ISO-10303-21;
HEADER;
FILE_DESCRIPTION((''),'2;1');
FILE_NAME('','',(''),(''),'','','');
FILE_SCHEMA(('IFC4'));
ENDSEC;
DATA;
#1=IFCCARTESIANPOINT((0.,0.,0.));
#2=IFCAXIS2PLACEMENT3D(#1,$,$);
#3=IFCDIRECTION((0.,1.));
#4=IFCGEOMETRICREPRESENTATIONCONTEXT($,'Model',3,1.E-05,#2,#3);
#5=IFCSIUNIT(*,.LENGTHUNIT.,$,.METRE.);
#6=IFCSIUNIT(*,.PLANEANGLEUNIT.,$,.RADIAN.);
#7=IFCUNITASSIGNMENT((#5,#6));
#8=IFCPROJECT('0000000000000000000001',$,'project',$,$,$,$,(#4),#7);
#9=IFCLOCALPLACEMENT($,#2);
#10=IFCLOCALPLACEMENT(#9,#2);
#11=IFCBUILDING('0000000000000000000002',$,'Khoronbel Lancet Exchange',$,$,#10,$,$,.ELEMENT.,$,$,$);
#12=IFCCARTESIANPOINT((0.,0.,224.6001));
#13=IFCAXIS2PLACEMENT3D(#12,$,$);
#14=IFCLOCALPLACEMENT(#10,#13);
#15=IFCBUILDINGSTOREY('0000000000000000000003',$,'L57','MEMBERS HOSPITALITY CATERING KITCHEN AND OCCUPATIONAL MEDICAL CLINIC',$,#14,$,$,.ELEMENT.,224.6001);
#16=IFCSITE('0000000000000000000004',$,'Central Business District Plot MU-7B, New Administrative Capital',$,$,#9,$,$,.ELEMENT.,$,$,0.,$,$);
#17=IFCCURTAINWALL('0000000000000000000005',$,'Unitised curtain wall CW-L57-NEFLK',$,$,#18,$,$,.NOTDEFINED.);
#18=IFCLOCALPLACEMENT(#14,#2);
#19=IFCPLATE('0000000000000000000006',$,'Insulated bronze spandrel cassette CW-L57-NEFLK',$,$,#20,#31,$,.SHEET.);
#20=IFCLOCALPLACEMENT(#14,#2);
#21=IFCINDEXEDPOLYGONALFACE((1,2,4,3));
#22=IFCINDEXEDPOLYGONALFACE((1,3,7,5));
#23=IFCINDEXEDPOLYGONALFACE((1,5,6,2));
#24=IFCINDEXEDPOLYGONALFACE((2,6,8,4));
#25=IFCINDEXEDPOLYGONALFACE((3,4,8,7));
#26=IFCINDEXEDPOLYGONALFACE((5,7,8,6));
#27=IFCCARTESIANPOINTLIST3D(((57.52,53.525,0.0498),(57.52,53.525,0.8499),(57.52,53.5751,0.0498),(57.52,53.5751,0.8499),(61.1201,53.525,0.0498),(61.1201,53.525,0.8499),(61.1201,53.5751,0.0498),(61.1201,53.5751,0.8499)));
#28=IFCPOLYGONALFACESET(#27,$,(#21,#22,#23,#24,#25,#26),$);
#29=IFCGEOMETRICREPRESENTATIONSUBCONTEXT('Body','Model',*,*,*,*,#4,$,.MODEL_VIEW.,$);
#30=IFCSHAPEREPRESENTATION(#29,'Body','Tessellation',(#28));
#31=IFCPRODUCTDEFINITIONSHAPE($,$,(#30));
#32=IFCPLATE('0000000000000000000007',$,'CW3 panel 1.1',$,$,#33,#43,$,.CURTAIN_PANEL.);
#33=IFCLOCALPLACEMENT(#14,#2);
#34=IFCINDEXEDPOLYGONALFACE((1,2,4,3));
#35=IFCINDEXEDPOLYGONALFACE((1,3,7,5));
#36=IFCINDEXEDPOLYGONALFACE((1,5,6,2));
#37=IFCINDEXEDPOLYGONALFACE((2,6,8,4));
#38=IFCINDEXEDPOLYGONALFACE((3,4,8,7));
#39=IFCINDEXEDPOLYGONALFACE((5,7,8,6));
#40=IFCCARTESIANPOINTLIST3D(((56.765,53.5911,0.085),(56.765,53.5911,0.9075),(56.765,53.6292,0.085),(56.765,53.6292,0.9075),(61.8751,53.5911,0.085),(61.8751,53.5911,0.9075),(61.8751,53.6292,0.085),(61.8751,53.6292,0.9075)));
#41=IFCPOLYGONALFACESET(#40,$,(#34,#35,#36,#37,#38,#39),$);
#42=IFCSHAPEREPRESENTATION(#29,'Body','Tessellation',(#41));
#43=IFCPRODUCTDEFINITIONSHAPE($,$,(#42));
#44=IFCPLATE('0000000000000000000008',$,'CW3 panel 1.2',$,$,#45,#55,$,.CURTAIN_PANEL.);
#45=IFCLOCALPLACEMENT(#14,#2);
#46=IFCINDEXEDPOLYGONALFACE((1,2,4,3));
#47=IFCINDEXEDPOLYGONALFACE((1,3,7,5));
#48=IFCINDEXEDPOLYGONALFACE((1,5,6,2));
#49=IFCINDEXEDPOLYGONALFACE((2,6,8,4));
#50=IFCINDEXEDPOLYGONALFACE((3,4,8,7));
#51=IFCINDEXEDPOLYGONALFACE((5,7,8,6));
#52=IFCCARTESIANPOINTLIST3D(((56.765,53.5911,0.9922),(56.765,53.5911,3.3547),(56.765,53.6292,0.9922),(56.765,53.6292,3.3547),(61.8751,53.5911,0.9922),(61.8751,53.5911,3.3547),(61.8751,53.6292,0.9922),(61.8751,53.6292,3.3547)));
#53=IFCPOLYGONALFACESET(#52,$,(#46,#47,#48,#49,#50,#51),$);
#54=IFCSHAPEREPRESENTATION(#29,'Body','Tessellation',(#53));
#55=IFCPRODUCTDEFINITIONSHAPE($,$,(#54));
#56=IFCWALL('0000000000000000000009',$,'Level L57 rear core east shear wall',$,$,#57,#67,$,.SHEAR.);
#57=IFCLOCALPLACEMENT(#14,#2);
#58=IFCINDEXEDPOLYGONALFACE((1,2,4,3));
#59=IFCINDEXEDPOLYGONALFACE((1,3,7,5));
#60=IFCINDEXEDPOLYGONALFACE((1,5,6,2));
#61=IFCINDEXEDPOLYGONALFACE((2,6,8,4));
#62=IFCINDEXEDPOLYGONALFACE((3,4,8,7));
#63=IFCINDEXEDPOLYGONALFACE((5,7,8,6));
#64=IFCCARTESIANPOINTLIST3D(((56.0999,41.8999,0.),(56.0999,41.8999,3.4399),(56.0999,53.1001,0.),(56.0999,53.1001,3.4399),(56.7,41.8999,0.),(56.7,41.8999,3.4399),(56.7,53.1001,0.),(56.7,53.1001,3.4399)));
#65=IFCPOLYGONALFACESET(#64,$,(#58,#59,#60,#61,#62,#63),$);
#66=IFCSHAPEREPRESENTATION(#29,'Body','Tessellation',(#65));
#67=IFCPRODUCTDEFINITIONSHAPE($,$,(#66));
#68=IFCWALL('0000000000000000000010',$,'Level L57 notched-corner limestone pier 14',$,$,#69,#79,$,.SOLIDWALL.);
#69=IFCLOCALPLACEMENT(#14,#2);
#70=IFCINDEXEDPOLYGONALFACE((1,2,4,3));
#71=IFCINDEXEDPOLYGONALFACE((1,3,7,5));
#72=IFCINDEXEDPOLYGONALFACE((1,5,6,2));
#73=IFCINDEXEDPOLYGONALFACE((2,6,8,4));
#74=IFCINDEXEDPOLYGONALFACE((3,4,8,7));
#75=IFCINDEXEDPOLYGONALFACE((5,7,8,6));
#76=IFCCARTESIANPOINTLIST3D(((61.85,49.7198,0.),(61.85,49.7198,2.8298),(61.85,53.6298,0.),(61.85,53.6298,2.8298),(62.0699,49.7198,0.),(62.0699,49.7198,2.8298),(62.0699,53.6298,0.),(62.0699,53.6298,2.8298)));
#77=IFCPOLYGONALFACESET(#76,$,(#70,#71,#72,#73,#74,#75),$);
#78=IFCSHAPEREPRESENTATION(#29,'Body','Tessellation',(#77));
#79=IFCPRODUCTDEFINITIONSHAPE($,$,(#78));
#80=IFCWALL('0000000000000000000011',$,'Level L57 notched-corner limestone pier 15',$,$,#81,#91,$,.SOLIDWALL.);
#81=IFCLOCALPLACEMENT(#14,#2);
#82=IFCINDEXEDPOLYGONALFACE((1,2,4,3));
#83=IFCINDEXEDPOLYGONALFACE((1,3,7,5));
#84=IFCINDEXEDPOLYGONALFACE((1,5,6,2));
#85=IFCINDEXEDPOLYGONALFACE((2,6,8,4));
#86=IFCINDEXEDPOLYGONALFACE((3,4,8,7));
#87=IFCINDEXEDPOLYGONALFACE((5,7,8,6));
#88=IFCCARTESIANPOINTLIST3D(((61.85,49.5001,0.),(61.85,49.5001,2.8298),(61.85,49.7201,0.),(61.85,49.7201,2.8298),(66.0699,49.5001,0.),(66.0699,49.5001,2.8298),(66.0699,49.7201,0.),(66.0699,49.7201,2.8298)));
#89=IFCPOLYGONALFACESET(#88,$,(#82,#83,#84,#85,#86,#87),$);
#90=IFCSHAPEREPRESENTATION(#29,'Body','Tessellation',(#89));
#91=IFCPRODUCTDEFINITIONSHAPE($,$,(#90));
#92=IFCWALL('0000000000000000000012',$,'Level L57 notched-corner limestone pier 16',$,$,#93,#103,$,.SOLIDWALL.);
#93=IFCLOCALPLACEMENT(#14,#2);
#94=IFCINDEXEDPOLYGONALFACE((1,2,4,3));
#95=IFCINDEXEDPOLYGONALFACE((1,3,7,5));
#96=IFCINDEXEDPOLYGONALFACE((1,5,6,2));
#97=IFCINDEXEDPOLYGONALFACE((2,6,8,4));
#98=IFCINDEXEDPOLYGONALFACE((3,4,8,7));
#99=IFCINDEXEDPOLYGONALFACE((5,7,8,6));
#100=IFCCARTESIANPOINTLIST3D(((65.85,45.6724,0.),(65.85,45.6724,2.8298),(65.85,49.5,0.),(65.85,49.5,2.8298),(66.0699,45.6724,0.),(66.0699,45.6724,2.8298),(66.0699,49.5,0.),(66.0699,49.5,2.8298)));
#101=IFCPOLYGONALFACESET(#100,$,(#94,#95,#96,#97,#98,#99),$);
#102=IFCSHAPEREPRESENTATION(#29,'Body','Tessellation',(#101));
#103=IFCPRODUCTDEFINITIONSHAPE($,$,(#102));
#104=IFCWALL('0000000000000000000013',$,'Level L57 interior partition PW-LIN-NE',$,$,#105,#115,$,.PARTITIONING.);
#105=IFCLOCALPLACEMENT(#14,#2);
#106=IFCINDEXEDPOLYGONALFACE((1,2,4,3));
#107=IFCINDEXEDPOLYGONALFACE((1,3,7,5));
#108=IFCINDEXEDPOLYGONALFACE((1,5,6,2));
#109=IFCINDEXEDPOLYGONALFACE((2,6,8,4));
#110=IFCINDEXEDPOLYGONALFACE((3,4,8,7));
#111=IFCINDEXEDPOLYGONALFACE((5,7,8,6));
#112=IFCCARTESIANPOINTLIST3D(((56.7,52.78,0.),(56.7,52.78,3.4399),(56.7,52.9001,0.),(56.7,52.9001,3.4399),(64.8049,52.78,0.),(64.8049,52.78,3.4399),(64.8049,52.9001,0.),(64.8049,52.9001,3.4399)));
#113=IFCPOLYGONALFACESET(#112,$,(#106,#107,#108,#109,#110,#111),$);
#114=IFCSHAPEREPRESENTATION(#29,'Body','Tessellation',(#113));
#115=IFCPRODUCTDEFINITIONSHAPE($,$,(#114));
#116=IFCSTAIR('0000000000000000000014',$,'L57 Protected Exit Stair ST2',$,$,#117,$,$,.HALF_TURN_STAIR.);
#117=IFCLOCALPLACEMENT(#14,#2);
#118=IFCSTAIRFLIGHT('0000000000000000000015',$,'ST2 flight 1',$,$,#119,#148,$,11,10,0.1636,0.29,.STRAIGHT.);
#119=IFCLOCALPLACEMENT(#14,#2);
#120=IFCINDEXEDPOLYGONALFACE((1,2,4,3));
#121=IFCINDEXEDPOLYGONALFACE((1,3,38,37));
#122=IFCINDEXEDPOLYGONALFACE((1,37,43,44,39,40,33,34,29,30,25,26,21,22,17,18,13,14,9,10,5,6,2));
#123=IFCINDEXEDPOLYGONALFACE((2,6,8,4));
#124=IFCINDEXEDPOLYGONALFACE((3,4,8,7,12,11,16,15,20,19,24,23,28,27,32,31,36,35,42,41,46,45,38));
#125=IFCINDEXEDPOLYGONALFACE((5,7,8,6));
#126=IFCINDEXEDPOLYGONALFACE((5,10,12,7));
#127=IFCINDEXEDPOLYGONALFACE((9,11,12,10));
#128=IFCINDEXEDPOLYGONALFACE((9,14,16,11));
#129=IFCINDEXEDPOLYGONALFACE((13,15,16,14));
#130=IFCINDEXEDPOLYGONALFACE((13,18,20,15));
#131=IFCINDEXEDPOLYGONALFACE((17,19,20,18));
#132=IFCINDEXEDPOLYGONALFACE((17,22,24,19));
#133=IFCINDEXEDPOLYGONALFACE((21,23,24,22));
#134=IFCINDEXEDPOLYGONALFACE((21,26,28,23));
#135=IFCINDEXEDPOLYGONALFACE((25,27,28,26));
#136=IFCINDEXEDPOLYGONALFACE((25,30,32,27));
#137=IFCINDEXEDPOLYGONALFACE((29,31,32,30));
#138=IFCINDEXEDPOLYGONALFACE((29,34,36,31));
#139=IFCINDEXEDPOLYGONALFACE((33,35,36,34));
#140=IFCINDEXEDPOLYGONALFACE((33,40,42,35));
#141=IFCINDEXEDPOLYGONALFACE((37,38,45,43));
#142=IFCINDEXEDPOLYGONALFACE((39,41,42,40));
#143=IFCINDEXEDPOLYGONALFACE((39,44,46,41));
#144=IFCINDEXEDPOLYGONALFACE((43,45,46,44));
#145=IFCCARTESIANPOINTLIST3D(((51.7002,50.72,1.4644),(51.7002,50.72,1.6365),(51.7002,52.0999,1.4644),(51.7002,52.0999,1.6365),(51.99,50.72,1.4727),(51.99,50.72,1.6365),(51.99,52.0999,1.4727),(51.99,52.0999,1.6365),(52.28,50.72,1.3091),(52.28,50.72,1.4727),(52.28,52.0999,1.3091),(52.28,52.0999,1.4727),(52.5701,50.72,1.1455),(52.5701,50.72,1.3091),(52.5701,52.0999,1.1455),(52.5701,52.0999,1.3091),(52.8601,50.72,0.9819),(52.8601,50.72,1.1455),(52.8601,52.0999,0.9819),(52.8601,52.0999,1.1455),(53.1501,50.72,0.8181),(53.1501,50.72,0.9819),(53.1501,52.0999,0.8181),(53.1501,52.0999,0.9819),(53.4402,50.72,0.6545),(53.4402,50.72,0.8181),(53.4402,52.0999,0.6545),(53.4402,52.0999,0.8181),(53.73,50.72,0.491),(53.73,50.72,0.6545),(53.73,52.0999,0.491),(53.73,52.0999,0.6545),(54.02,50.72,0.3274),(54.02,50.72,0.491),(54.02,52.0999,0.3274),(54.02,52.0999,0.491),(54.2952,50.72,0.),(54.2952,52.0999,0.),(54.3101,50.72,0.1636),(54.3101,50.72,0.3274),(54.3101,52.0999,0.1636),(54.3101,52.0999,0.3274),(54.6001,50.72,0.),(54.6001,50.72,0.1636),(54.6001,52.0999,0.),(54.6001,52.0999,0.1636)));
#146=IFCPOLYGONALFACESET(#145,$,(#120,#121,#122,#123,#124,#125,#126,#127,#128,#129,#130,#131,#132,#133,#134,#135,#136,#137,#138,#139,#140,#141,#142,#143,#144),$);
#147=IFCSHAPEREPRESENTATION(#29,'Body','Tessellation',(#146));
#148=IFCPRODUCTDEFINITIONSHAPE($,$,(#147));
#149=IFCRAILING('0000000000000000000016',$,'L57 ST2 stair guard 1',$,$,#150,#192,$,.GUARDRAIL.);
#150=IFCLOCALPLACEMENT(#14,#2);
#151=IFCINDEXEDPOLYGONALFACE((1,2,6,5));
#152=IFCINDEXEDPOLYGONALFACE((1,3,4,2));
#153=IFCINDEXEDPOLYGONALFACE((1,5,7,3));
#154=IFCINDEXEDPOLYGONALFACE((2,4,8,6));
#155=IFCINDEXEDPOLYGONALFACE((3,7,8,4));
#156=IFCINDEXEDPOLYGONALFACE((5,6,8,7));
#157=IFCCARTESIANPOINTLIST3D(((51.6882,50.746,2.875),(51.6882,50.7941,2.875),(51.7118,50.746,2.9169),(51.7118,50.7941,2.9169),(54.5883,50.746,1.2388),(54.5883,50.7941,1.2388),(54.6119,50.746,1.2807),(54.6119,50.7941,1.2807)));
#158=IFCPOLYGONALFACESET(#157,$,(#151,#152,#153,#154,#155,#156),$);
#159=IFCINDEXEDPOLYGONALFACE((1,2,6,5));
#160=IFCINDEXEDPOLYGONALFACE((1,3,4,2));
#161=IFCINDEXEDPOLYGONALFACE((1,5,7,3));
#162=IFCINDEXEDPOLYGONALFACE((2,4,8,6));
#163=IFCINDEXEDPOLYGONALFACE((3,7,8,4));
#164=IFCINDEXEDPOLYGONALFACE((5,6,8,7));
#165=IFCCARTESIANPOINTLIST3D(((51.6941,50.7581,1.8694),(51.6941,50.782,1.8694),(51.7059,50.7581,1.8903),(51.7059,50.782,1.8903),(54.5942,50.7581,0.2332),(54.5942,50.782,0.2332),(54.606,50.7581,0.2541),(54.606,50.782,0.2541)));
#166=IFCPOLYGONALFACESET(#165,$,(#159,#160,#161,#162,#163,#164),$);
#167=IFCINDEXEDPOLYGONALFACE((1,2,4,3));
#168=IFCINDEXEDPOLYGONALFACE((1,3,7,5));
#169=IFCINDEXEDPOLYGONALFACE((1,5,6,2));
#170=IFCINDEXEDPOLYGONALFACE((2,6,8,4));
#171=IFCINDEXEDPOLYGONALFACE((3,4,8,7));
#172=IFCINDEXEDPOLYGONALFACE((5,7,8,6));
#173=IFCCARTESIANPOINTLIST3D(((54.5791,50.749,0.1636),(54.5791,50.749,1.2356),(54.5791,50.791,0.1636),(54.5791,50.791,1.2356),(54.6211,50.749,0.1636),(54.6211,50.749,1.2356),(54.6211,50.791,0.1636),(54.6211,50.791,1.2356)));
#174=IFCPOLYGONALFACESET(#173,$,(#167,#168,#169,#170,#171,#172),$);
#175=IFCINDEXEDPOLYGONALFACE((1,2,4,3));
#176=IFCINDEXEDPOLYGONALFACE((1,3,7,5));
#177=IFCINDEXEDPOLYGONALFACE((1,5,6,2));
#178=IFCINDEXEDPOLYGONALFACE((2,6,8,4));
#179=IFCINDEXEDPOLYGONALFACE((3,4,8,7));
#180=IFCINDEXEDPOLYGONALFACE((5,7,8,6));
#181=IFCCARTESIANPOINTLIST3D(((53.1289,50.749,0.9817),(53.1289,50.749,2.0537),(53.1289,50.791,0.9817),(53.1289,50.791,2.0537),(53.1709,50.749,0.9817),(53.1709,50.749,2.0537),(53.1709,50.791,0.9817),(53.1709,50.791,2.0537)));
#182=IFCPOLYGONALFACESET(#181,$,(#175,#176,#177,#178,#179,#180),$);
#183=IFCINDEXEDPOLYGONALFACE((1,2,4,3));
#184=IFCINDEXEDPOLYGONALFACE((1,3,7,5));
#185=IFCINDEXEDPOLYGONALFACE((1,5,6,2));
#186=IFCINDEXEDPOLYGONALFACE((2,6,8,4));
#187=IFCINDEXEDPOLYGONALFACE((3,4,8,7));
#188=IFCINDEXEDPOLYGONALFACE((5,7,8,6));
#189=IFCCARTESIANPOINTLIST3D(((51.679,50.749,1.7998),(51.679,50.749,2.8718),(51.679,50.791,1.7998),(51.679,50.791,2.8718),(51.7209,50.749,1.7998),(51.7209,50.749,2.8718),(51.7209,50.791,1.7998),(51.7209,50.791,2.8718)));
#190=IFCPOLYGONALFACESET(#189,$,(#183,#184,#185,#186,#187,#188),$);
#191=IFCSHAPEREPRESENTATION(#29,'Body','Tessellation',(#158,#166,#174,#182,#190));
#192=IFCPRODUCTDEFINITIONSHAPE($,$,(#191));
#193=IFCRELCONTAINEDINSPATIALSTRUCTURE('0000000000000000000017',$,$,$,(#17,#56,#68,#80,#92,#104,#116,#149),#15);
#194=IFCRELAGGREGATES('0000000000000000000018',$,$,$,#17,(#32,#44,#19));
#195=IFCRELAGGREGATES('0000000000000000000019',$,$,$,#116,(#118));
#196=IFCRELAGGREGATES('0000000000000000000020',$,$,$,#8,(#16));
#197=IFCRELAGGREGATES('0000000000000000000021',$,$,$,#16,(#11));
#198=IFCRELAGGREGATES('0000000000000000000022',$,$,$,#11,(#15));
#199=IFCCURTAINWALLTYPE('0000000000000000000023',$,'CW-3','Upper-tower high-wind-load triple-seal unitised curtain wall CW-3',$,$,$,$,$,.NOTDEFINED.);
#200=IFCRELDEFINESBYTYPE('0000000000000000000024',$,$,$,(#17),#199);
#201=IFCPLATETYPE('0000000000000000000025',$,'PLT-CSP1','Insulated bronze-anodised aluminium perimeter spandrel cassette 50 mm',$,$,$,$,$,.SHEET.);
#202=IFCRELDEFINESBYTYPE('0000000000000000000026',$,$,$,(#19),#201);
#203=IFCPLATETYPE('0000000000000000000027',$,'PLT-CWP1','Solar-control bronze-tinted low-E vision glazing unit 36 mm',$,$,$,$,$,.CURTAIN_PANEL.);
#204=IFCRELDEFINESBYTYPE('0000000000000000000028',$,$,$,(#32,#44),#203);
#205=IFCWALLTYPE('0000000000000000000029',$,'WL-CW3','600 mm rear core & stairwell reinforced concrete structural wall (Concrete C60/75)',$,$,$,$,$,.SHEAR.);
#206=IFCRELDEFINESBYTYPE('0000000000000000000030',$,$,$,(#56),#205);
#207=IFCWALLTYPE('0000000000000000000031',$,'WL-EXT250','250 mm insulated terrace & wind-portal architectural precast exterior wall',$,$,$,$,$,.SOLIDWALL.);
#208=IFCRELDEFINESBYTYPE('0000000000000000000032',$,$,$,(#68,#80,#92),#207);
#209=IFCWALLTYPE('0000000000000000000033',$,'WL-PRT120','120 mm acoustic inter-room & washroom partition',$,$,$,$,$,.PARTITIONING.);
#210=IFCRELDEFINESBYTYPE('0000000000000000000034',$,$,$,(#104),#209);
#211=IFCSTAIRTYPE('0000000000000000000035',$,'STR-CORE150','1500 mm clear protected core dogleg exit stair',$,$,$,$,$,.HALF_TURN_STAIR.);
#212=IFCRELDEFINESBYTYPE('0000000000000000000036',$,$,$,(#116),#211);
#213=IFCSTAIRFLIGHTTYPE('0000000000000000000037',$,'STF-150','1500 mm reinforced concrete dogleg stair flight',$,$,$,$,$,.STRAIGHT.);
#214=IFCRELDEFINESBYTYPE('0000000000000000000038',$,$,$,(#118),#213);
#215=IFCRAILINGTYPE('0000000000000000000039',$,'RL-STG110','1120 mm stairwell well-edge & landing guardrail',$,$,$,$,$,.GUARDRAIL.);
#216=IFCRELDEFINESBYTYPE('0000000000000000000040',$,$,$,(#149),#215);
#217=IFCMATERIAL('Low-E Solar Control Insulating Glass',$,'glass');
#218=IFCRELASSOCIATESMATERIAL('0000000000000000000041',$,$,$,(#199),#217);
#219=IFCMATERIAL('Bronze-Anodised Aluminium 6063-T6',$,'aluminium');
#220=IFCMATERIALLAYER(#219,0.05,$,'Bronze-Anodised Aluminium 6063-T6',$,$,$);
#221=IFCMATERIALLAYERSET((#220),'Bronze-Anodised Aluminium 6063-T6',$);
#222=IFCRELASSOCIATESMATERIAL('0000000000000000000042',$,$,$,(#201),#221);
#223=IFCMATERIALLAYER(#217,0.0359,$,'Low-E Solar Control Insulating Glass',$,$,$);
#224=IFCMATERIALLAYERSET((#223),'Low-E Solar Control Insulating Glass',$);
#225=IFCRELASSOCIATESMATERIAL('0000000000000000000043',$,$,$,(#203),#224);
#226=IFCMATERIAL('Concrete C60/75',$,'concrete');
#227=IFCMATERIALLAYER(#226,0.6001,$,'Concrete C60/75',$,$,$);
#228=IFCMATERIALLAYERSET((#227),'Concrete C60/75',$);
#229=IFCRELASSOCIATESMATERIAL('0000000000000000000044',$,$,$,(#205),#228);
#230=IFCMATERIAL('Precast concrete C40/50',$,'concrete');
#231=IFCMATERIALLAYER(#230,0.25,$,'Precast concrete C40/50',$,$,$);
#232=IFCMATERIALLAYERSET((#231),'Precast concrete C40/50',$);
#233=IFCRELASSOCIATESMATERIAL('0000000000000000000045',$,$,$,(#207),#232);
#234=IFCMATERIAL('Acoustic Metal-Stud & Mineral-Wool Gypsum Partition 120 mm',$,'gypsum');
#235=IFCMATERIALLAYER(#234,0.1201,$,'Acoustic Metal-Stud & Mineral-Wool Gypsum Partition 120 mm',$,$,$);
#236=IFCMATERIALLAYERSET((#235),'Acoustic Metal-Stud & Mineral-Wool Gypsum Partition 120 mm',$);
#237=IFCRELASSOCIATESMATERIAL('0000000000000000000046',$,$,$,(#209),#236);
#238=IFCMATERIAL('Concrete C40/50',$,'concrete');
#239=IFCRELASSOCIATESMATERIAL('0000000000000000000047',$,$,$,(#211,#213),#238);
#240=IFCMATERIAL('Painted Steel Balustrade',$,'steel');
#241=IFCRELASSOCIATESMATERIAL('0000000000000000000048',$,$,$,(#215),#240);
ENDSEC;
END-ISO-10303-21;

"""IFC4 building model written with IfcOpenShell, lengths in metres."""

from ifc_helpers import new_model, si_unit, direction, frame, frame_2d, origin, origin_2d, place, context, subcontext, project, spatial, polyline, rectangle, outline, extrude, material, layer, layer_set, type_object, element, aggregate, save


model = new_model("IFC4")

# Units and contexts
model_context = context("Model", 3, precision=1e-05, world=origin(), true_north=direction((0.0, 1.0)))
body_context = subcontext(model_context, "Body", "Model", "MODEL_VIEW")
ifc_project = project(units=[si_unit("LENGTHUNIT", "METRE"), si_unit("PLANEANGLEUNIT", "RADIAN")], contexts=[model_context])

# Site, building, storey
site_placement = place(None, origin())
site = spatial("IfcSite", under=ifc_project, at=site_placement, Name="Central Business District Plot MU-7B, New Administrative Capital", CompositionType="ELEMENT", RefElevation=0.0)
building_placement = place(site_placement, origin())
building = spatial("IfcBuilding", under=site, at=building_placement, Name="Khoronbel Lancet Exchange", CompositionType="ELEMENT")
storey_placement = place(building_placement, frame((0.0, 0.0, 224.6001)))
storey = spatial("IfcBuildingStorey", under=building, at=storey_placement, Name="L57", Description="MEMBERS HOSPITALITY CATERING KITCHEN AND OCCUPATIONAL MEDICAL CLINIC", CompositionType="ELEMENT", Elevation=224.6001)

# Curtain wall, plates
ifc_material_1 = material(Name="Low-E Solar Control Insulating Glass", Category="glass")
curtain_wall_type = type_object("IfcCurtainWallType", Name="CW-3", Description="Upper-tower high-wind-load triple-seal unitised curtain wall CW-3", PredefinedType="NOTDEFINED", material=ifc_material_1)
curtain_wall_placement = place(storey_placement, origin())
curtain_wall = element("IfcCurtainWall", 1, at=curtain_wall_placement, inside=storey, type_object=curtain_wall_type, Name="Unitised curtain wall CW-L57-NEFLK", PredefinedType="NOTDEFINED")
ifc_material_2 = material(Name="Bronze-Anodised Aluminium 6063-T6", Category="aluminium")
ifc_layer_1 = layer(ifc_material_2, 0.05, Name="Bronze-Anodised Aluminium 6063-T6")
ifc_layer_set_1 = layer_set([ifc_layer_1], Name="Bronze-Anodised Aluminium 6063-T6")
plate_type_1 = type_object("IfcPlateType", Name="PLT-CSP1", Description="Insulated bronze-anodised aluminium perimeter spandrel cassette 50 mm", PredefinedType="SHEET", material=ifc_layer_set_1)
plate_1_placement = place(storey_placement, frame((59.3201, 53.55, 0.0498), z_axis=(0.0, 0.0, 1.0), x_axis=(-1.0, 0.0, 0.0)))
plate_1 = element("IfcPlate", 2, at=plate_1_placement, type_object=plate_type_1, Name="Insulated bronze spandrel cassette CW-L57-NEFLK", PredefinedType="SHEET", context=body_context, shape_type="SweptSolid", body=[
    extrude(rectangle(XDim=3.6001, YDim=0.05, at=origin_2d()), origin(), (0.0, 0.0, 1.0), 0.8),
])
ifc_layer_2 = layer(ifc_material_1, 0.0359, Name="Low-E Solar Control Insulating Glass")
ifc_layer_set_2 = layer_set([ifc_layer_2], Name="Low-E Solar Control Insulating Glass")
plate_type_2 = type_object("IfcPlateType", Name="PLT-CWP1", Description="Solar-control bronze-tinted low-E vision glazing unit 36 mm", PredefinedType="CURTAIN_PANEL", material=ifc_layer_set_2)
plate_2_placement = place(storey_placement, frame((59.3201, 53.6101, 0.085), z_axis=(0.0, 0.0, 1.0), x_axis=(-1.0, 0.0, 0.0)))
plate_2 = element("IfcPlate", 3, at=plate_2_placement, type_object=plate_type_2, Name="CW3 panel 1.1", PredefinedType="CURTAIN_PANEL", context=body_context, shape_type="SweptSolid", body=[
    extrude(rectangle(XDim=5.1101, YDim=0.0381, at=origin_2d()), origin(), (0.0, 0.0, 1.0), 0.8225),
])
plate_3_placement = place(storey_placement, frame((59.3201, 53.6101, 0.9922), z_axis=(0.0, 0.0, 1.0), x_axis=(-1.0, 0.0, 0.0)))
plate_3 = element("IfcPlate", 4, at=plate_3_placement, type_object=plate_type_2, Name="CW3 panel 1.2", PredefinedType="CURTAIN_PANEL", context=body_context, shape_type="SweptSolid", body=[
    extrude(rectangle(XDim=5.1101, YDim=0.0381, at=origin_2d()), origin(), (0.0, 0.0, 1.0), 2.3625),
])
aggregate(curtain_wall, [plate_2, plate_3, plate_1])

# Walls
ifc_material_3 = material(Name="Concrete C60/75", Category="concrete")
ifc_layer_3 = layer(ifc_material_3, 0.6001, Name="Concrete C60/75")
ifc_layer_set_3 = layer_set([ifc_layer_3], Name="Concrete C60/75")
wall_type_1 = type_object("IfcWallType", Name="WL-CW3", Description="600 mm rear core & stairwell reinforced concrete structural wall (Concrete C60/75)", PredefinedType="SHEAR", material=ifc_layer_set_3)
wall_1_placement = place(storey_placement, frame((56.3999, 53.1001, 0.0), z_axis=(0.0, 0.0, 1.0), x_axis=(0.0, -1.0, 0.0)))
element("IfcWall", 5, at=wall_1_placement, inside=storey, type_object=wall_type_1, Name="Level L57 rear core east shear wall", PredefinedType="SHEAR", context=body_context, shape_type="SweptSolid", body=[
    extrude(rectangle(XDim=11.2002, YDim=0.6001, at=frame_2d((5.6001, 0.0))), origin(), (0.0, 0.0, 1.0), 3.4399),
])
ifc_material_4 = material(Name="Precast concrete C40/50", Category="concrete")
ifc_layer_4 = layer(ifc_material_4, 0.25, Name="Precast concrete C40/50")
ifc_layer_set_4 = layer_set([ifc_layer_4], Name="Precast concrete C40/50")
wall_type_2 = type_object("IfcWallType", Name="WL-EXT250", Description="250 mm insulated terrace & wind-portal architectural precast exterior wall", PredefinedType="SOLIDWALL", material=ifc_layer_set_4)
wall_2_placement = place(storey_placement, frame((61.96, 53.6299, 0.0), z_axis=(0.0, 0.0, 1.0), x_axis=(0.0, -1.0, 0.0)))
element("IfcWall", 6, at=wall_2_placement, inside=storey, type_object=wall_type_2, Name="Level L57 notched-corner limestone pier 14", PredefinedType="SOLIDWALL", context=body_context, shape_type="SweptSolid", body=[
    extrude(rectangle(XDim=3.9099, YDim=0.22, at=frame_2d((1.9551, 0.0))), origin(), (0.0, 0.0, 1.0), 2.8298),
])
wall_3_placement = place(storey_placement, frame((61.8501, 49.6101, 0.0), z_axis=(0.0, 0.0, 1.0), x_axis=(1.0, 0.0, 0.0)))
element("IfcWall", 7, at=wall_3_placement, inside=storey, type_object=wall_type_2, Name="Level L57 notched-corner limestone pier 15", PredefinedType="SOLIDWALL", context=body_context, shape_type="SweptSolid", body=[
    extrude(rectangle(XDim=4.22, YDim=0.22, at=frame_2d((2.1099, 0.0))), origin(), (0.0, 0.0, 1.0), 2.8298),
])
wall_4_placement = place(storey_placement, frame((65.96, 49.5, 0.0), z_axis=(0.0, 0.0, 1.0), x_axis=(0.0, -1.0, 0.0)))
element("IfcWall", 8, at=wall_4_placement, inside=storey, type_object=wall_type_2, Name="Level L57 notched-corner limestone pier 16", PredefinedType="SOLIDWALL", context=body_context, shape_type="SweptSolid", body=[
    extrude(rectangle(XDim=3.8276, YDim=0.22, at=frame_2d((1.9138, 0.0))), origin(), (0.0, 0.0, 1.0), 2.8298),
])
ifc_material_5 = material(Name="Acoustic Metal-Stud & Mineral-Wool Gypsum Partition 120 mm", Category="gypsum")
ifc_layer_5 = layer(ifc_material_5, 0.1201, Name="Acoustic Metal-Stud & Mineral-Wool Gypsum Partition 120 mm")
ifc_layer_set_5 = layer_set([ifc_layer_5], Name="Acoustic Metal-Stud & Mineral-Wool Gypsum Partition 120 mm")
wall_type_3 = type_object("IfcWallType", Name="WL-PRT120", Description="120 mm acoustic inter-room & washroom partition", PredefinedType="PARTITIONING", material=ifc_layer_set_5)
wall_5_placement = place(storey_placement, frame((56.7, 52.8401, 0.0), z_axis=(0.0, 0.0, 1.0), x_axis=(1.0, 0.0, 0.0)))
element("IfcWall", 9, at=wall_5_placement, inside=storey, type_object=wall_type_3, Name="Level L57 interior partition PW-LIN-NE", PredefinedType="PARTITIONING", context=body_context, shape_type="SweptSolid", body=[
    extrude(rectangle(XDim=8.105, YDim=0.1201, at=frame_2d((4.0525, 0.0))), origin(), (0.0, 0.0, 1.0), 3.4399),
])

# Stair, stair flight
ifc_material_6 = material(Name="Concrete C40/50", Category="concrete")
stair_type = type_object("IfcStairType", Name="STR-CORE150", Description="1500 mm clear protected core dogleg exit stair", PredefinedType="HALF_TURN_STAIR", material=ifc_material_6)
stair_placement = place(storey_placement, origin())
stair = element("IfcStair", 10, at=stair_placement, inside=storey, type_object=stair_type, Name="L57 Protected Exit Stair ST2", PredefinedType="HALF_TURN_STAIR")
stair_flight_type = type_object("IfcStairFlightType", Name="STF-150", Description="1500 mm reinforced concrete dogleg stair flight", PredefinedType="STRAIGHT", material=ifc_material_6)
stair_flight_placement = place(storey_placement, frame((54.6001, 51.4099, 0.0), z_axis=(0.0, 0.0, 1.0), x_axis=(-1.0, 0.0, 0.0)))
stair_flight = element("IfcStairFlight", 11, at=stair_flight_placement, type_object=stair_flight_type, Name="ST2 flight 1", NumberOfRisers=11, NumberOfTreads=10, PredefinedType="STRAIGHT", RiserHeight=0.1636, TreadLength=0.29, context=body_context, shape_type="SweptSolid", body=[
    extrude(outline(polyline([(0.0, 0.0), (0.0, 0.1636), (0.29, 0.1636), (0.29, 0.3274), (0.5801, 0.3274), (0.5801, 0.491), (0.8701, 0.491), (0.8701, 0.6545), (1.1599, 0.6545), (1.1599, 0.8181), (1.45, 0.8181), (1.45, 0.9819), (1.74, 0.9819), (1.74, 1.1455), (2.03, 1.1455), (2.03, 1.3091), (2.3201, 1.3091), (2.3201, 1.4727), (2.6101, 1.4727), (2.6101, 1.6365), (2.8999, 1.6365), (2.8999, 1.8), (2.8999, 1.4644), (0.3049, 0.0), (0.0, 0.0)])), frame((0.0, 0.6899, 0.0), z_axis=(0.0, -1.0, 0.0), x_axis=(1.0, 0.0, 0.0)), (0.0, 0.0, 1.0), 1.3799),
])
aggregate(stair, [stair_flight])

# Railing
ifc_material_7 = material(Name="Painted Steel Balustrade", Category="steel")
railing_type_1 = type_object("IfcRailingType", Name="RL-STG110", Description="1120 mm stairwell well-edge & landing guardrail", PredefinedType="GUARDRAIL", material=ifc_material_7)
railing_1_placement = place(storey_placement, frame((54.6001, 50.77, 0.1636)))
element("IfcRailing", 12, at=railing_1_placement, inside=storey, type_object=railing_type_1, Name="L57 ST2 stair guard 1", PredefinedType="GUARDRAIL", context=body_context, shape_type="SweptSolid", body=[
    extrude(rectangle(XDim=0.0481, YDim=0.0481, at=origin_2d()), frame((0.0, 0.0, 1.0962), z_axis=(-0.870946, 0.0, 0.491378), x_axis=(0.0, -1.0, 0.0)), (0.0, 0.0, 1.0), 3.3298),
    extrude(rectangle(XDim=0.0239, YDim=0.0239, at=origin_2d()), frame((0.0, 0.0, 0.0801), z_axis=(-0.870946, 0.0, 0.491378), x_axis=(0.0, -1.0, 0.0)), (0.0, 0.0, 1.0), 3.3298),
    extrude(rectangle(XDim=0.042, YDim=0.042, at=origin_2d()), origin(), (0.0, 0.0, 1.0), 1.072),
    extrude(rectangle(XDim=0.042, YDim=0.042, at=origin_2d()), frame((-1.4502, 0.0, 0.8181)), (0.0, 0.0, 1.0), 1.072),
    extrude(rectangle(XDim=0.042, YDim=0.042, at=origin_2d()), frame((-2.9001, 0.0, 1.6362)), (0.0, 0.0, 1.0), 1.072),
])

save(model, "model.ifc")
